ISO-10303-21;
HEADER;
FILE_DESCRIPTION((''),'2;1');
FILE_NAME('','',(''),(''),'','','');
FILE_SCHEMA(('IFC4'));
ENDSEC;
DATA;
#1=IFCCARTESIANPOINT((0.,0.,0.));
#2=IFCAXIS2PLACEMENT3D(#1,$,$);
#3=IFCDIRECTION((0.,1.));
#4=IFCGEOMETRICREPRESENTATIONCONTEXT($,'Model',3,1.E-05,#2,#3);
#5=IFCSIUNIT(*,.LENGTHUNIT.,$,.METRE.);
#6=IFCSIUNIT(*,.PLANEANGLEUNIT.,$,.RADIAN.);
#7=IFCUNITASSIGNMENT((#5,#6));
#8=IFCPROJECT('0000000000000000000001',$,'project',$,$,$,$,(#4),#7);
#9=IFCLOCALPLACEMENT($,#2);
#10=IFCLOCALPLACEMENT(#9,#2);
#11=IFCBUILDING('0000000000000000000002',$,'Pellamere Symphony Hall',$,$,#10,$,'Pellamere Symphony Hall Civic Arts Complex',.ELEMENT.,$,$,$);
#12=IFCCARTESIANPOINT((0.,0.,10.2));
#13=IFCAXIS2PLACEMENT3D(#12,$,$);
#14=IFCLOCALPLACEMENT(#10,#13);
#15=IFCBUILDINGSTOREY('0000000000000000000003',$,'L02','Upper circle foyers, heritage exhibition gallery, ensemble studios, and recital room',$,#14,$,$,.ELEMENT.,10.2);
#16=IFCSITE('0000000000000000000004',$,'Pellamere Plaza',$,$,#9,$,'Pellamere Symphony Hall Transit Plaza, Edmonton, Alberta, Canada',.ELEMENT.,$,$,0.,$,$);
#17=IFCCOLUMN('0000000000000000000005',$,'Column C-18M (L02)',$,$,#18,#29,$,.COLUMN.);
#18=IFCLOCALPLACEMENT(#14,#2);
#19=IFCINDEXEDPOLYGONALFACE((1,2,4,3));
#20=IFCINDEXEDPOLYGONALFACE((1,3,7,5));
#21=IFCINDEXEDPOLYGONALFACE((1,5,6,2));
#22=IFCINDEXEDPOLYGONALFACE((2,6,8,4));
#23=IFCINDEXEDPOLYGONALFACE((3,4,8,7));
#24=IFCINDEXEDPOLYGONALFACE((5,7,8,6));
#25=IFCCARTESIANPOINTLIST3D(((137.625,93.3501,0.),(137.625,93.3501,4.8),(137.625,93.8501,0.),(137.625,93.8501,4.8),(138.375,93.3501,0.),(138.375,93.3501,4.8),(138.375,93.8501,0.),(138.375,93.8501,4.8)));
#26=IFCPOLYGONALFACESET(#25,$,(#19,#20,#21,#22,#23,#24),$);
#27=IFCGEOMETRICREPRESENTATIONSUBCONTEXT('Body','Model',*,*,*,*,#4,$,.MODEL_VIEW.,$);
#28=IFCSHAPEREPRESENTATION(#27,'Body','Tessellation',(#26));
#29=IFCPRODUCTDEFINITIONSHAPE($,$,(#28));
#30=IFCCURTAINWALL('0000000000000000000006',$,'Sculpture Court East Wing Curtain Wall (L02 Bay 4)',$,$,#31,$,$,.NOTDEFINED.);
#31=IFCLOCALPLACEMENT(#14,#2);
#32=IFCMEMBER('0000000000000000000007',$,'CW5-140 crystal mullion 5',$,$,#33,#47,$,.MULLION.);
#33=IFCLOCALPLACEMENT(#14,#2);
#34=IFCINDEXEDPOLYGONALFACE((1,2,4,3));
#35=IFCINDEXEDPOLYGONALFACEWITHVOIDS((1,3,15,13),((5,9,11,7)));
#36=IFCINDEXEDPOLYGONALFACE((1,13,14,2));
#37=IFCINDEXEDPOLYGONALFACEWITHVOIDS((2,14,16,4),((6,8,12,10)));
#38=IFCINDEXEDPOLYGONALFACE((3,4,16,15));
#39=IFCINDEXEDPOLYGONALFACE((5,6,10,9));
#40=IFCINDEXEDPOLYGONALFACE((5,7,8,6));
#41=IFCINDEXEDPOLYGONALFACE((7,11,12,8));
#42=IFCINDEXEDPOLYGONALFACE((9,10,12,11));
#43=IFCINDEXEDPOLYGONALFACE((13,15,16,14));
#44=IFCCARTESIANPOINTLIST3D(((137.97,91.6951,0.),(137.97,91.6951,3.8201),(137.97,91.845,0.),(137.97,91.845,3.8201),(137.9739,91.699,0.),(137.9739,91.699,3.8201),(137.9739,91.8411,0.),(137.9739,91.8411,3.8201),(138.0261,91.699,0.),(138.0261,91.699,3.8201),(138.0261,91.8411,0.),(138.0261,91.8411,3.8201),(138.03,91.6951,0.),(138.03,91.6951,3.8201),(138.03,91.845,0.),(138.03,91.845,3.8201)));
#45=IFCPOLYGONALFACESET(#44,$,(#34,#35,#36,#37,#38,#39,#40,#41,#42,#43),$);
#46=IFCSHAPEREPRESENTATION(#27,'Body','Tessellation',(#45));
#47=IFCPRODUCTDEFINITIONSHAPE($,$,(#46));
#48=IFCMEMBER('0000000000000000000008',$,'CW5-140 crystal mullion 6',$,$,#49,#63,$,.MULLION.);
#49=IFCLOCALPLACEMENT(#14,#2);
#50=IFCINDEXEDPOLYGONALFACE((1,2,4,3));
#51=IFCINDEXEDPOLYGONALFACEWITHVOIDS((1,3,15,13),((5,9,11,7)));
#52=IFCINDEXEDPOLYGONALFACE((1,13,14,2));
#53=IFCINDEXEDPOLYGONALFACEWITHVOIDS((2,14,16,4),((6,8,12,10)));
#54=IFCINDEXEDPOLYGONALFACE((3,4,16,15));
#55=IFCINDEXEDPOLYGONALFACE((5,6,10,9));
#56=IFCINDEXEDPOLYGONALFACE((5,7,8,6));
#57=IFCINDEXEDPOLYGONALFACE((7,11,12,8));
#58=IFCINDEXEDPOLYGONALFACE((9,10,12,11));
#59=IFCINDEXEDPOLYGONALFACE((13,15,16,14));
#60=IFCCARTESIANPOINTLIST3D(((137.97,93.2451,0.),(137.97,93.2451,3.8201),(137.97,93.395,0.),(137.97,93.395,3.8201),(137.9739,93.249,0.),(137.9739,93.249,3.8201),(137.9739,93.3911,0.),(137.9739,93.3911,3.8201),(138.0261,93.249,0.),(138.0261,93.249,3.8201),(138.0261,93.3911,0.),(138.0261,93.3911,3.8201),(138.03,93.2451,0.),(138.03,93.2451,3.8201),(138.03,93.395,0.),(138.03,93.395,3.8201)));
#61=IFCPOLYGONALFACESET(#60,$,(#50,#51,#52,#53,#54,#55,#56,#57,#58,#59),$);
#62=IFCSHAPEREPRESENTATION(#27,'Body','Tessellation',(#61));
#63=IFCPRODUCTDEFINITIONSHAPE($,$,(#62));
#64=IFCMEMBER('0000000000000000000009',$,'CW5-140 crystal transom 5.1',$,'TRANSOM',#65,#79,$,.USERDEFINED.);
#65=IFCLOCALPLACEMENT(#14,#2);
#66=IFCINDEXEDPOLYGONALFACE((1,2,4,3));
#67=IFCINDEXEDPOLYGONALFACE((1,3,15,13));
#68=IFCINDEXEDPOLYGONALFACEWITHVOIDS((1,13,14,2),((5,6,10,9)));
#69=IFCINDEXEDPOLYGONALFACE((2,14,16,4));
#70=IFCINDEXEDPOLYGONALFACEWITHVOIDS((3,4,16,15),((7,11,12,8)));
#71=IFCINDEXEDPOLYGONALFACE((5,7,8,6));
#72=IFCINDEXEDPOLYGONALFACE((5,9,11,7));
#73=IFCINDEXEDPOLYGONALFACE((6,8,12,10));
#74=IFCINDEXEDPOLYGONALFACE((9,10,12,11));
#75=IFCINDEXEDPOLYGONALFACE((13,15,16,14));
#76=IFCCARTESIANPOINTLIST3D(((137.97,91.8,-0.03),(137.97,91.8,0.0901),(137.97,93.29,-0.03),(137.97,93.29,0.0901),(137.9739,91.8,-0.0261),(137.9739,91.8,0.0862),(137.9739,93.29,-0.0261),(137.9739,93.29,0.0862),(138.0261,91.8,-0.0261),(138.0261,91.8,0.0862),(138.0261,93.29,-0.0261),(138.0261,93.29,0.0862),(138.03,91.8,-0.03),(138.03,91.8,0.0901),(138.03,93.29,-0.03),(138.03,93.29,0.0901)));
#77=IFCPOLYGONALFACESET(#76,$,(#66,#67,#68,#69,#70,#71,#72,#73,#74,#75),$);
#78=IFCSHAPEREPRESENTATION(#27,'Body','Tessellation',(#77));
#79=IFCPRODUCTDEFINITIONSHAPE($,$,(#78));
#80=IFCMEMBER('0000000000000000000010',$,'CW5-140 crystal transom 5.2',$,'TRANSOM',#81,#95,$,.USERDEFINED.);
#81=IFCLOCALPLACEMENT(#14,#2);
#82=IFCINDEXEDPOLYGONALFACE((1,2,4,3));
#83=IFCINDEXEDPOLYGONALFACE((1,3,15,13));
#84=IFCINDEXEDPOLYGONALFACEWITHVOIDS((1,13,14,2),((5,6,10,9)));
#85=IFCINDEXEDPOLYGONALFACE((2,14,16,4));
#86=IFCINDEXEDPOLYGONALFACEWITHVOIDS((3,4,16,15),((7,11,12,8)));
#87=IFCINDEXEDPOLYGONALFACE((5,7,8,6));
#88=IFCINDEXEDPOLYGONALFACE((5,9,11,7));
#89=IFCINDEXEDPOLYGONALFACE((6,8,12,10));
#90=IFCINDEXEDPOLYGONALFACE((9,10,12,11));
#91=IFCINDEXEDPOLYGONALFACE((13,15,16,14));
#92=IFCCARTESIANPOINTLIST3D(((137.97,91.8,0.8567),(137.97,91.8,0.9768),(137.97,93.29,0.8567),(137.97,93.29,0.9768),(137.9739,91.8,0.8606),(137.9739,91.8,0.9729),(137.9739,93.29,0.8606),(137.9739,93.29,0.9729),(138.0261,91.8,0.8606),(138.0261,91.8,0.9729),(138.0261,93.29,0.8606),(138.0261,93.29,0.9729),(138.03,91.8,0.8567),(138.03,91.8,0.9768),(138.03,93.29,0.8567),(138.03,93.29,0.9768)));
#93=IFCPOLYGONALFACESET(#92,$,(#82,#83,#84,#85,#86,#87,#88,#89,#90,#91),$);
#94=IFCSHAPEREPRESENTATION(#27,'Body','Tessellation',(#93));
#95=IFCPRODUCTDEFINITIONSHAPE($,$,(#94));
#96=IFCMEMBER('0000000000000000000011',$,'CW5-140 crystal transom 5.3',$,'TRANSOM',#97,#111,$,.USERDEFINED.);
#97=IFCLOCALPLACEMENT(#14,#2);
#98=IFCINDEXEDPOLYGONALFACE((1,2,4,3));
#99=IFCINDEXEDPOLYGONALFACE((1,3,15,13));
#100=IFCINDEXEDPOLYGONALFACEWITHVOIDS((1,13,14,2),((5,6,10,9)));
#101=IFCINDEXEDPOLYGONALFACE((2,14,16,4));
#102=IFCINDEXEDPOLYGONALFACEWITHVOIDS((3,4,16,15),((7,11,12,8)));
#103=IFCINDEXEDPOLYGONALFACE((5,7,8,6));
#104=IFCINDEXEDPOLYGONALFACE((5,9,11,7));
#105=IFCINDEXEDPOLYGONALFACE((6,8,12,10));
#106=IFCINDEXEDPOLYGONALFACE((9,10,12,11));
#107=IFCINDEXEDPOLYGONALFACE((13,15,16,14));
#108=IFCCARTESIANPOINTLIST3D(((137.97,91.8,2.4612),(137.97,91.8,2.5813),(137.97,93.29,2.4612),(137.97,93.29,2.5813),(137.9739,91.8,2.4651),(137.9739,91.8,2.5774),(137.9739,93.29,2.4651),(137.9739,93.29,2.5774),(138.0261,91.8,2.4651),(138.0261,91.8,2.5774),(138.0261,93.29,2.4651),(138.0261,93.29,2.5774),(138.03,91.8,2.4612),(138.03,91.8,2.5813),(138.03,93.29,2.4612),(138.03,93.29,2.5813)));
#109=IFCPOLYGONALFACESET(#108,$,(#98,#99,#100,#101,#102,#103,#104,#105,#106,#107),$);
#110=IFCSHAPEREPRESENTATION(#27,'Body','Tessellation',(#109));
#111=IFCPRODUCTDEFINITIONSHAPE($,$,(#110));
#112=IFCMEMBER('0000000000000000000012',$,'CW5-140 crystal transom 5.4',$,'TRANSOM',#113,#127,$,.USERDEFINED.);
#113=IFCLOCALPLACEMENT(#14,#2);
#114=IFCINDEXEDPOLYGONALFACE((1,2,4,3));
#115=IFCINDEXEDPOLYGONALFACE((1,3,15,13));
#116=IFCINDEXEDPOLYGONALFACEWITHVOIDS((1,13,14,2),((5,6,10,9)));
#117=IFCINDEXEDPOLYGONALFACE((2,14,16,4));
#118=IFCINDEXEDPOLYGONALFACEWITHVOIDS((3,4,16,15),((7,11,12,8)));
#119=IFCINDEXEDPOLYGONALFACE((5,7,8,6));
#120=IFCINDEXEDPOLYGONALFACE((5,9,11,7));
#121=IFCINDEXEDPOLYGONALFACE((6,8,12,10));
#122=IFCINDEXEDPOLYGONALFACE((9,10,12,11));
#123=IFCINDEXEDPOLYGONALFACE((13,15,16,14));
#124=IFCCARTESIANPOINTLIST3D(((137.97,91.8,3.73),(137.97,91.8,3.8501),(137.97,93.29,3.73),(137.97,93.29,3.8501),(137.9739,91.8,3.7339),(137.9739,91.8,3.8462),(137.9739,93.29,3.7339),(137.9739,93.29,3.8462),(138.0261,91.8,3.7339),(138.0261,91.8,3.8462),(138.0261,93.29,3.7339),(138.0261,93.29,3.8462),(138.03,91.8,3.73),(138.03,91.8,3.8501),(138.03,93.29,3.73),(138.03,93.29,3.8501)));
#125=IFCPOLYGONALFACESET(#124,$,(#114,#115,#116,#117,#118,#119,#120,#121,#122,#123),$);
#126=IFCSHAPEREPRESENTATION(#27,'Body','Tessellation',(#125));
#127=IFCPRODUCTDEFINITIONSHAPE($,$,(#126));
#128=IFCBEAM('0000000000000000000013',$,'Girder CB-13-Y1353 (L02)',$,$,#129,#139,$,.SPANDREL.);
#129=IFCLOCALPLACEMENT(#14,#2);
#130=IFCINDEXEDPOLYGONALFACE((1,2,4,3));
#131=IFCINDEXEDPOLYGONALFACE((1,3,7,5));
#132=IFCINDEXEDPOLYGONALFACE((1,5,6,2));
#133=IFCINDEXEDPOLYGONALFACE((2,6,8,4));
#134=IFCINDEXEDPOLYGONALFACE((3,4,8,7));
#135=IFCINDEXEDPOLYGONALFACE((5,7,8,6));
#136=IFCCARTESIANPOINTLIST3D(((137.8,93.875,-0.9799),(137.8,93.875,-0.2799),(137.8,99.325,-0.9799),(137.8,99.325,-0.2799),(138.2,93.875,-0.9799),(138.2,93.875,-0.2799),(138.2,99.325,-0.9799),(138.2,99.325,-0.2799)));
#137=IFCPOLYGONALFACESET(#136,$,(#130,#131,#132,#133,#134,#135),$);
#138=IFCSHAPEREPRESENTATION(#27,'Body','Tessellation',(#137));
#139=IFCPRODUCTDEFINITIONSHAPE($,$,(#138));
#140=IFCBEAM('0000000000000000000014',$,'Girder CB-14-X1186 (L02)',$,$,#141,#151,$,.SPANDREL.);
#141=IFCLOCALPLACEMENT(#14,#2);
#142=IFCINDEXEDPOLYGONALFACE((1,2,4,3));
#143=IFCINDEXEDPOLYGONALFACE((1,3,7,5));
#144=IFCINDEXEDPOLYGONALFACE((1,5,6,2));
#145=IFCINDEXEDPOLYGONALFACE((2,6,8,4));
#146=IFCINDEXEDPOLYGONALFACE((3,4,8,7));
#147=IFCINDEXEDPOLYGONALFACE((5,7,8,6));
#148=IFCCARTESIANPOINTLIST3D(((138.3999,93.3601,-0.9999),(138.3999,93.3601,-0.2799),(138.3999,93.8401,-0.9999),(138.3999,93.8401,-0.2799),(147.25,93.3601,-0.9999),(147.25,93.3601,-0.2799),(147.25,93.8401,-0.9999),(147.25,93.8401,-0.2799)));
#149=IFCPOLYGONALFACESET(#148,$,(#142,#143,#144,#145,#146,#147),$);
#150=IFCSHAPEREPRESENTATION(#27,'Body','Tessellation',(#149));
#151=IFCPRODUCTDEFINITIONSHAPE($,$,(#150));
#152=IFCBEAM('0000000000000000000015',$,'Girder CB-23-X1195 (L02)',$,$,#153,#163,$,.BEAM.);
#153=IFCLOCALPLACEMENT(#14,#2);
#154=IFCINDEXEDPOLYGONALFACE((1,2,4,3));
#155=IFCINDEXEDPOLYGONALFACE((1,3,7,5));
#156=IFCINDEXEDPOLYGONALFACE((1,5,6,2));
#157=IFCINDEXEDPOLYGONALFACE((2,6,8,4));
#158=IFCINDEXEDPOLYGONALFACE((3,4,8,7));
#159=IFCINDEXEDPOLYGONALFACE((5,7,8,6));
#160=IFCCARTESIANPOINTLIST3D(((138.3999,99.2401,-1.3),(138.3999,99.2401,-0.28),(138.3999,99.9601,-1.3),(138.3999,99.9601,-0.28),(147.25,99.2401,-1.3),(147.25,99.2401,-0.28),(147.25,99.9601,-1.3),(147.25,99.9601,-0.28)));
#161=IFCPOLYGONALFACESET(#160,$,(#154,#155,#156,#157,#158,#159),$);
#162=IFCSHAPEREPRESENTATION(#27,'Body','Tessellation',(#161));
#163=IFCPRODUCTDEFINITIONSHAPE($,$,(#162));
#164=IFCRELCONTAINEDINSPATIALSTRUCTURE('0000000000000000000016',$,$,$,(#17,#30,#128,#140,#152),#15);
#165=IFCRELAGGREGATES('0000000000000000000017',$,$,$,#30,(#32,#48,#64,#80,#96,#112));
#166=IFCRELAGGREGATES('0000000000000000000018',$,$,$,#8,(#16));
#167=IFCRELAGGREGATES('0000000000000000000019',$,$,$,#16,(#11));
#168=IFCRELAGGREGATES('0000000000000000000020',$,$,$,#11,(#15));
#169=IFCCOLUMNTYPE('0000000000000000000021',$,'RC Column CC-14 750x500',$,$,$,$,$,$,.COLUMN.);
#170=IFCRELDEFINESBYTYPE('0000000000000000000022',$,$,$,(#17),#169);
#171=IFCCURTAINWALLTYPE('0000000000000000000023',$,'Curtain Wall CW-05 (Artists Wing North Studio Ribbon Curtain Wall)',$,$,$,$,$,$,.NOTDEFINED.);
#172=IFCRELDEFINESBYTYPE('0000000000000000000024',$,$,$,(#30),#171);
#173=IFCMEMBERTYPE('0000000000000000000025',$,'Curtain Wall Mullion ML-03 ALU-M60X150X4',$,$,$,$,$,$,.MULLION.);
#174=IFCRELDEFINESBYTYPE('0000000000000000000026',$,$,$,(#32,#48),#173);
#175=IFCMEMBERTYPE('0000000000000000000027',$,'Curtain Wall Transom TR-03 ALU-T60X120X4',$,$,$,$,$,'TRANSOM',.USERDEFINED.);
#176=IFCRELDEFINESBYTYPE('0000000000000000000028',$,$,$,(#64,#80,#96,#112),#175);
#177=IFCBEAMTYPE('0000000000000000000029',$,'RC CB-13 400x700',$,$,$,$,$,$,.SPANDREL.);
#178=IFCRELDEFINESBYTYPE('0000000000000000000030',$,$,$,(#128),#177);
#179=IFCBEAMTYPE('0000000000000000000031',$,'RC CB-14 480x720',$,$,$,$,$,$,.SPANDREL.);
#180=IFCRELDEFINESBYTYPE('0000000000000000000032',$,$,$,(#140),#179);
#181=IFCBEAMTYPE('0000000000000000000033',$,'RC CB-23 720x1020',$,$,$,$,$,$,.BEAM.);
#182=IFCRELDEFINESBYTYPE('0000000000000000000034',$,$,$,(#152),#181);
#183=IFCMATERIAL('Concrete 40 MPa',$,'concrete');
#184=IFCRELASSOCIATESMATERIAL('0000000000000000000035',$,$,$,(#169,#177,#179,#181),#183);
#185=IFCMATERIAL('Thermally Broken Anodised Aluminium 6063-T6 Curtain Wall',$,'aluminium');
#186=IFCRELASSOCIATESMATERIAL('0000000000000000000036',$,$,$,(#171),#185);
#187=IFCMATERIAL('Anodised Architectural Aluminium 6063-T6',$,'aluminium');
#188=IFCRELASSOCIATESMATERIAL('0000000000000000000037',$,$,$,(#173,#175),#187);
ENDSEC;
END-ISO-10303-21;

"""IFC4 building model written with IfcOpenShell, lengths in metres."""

from ifc_helpers import new_model, si_unit, direction, frame, origin, origin_2d, place, context, subcontext, project, spatial, rectangle, hollow_rectangle, extrude, material, material_profile, profile_set, type_object, element, aggregate, save


model = new_model("IFC4")

# Units and contexts
model_context = context("Model", 3, precision=1e-05, world=origin(), true_north=direction((0.0, 1.0)))
body_context = subcontext(model_context, "Body", "Model", "MODEL_VIEW")
ifc_project = project(units=[si_unit("LENGTHUNIT", "METRE"), si_unit("PLANEANGLEUNIT", "RADIAN")], contexts=[model_context])

# Site, building, storey
site_placement = place(None, origin())
site = spatial("IfcSite", under=ifc_project, at=site_placement, Name="Pellamere Plaza", LongName="Pellamere Symphony Hall Transit Plaza, Edmonton, Alberta, Canada", CompositionType="ELEMENT", RefElevation=0.0)
building_placement = place(site_placement, origin())
building = spatial("IfcBuilding", under=site, at=building_placement, Name="Pellamere Symphony Hall", LongName="Pellamere Symphony Hall Civic Arts Complex", CompositionType="ELEMENT")
storey_placement = place(building_placement, frame((0.0, 0.0, 10.2)))
storey = spatial("IfcBuildingStorey", under=building, at=storey_placement, Name="L02", Description="Upper circle foyers, heritage exhibition gallery, ensemble studios, and recital room", CompositionType="ELEMENT", Elevation=10.2)

# Column
ifc_material_1 = material(Name="Concrete 40 MPa", Category="concrete")
ifc_material_profile_1 = material_profile(ifc_material_1, rectangle(XDim=0.75, YDim=0.5, at=origin_2d()), Name="RC 750x500")
ifc_profile_set_1 = profile_set([ifc_material_profile_1], Name="Concrete 40 MPa")
column_type = type_object("IfcColumnType", Name="RC Column CC-14 750x500", PredefinedType="COLUMN", material=ifc_profile_set_1)
column_placement = place(storey_placement, frame((138.0, 93.6001, 0.0), z_axis=(0.0, 0.0, 1.0), x_axis=(1.0, 0.0, 0.0)))
element("IfcColumn", 1, at=column_placement, inside=storey, type_object=column_type, Name="Column C-18M (L02)", PredefinedType="COLUMN", context=body_context, shape_type="SweptSolid", body=[
    extrude(rectangle(XDim=0.75, YDim=0.5, at=origin_2d()), origin(), (0.0, 0.0, 1.0), 4.8),
])

# Curtain wall, members
ifc_material_2 = material(Name="Thermally Broken Anodised Aluminium 6063-T6 Curtain Wall", Category="aluminium")
curtain_wall_type = type_object("IfcCurtainWallType", Name="Curtain Wall CW-05 (Artists Wing North Studio Ribbon Curtain Wall)", PredefinedType="NOTDEFINED", material=ifc_material_2)
curtain_wall_placement = place(storey_placement, origin())
curtain_wall = element("IfcCurtainWall", 2, at=curtain_wall_placement, inside=storey, type_object=curtain_wall_type, Name="Sculpture Court East Wing Curtain Wall (L02 Bay 4)", PredefinedType="NOTDEFINED")
ifc_material_3 = material(Name="Anodised Architectural Aluminium 6063-T6", Category="aluminium")
ifc_material_profile_2 = material_profile(ifc_material_3, hollow_rectangle(XDim=0.0601, YDim=0.1499, WallThickness=0.0039, at=origin_2d()), Name="ALU-M60X150X4")
ifc_profile_set_2 = profile_set([ifc_material_profile_2], Name="Anodised Architectural Aluminium 6063-T6")
member_type_1 = type_object("IfcMemberType", Name="Curtain Wall Mullion ML-03 ALU-M60X150X4", PredefinedType="MULLION", material=ifc_profile_set_2)
member_1_placement = place(storey_placement, frame((138.0, 91.77, 0.0), z_axis=(0.0, 0.0, 1.0), x_axis=(-1.0, 0.0, 0.0)))
member_1 = element("IfcMember", 3, at=member_1_placement, type_object=member_type_1, Name="CW5-140 crystal mullion 5", PredefinedType="MULLION", context=body_context, shape_type="SweptSolid", body=[
    extrude(hollow_rectangle(XDim=0.0601, YDim=0.1499, WallThickness=0.0039, at=origin_2d()), origin(), (0.0, 0.0, 1.0), 3.8201),
])
member_2_placement = place(storey_placement, frame((138.0, 93.3201, 0.0), z_axis=(0.0, 0.0, 1.0), x_axis=(-1.0, 0.0, 0.0)))
member_2 = element("IfcMember", 4, at=member_2_placement, type_object=member_type_1, Name="CW5-140 crystal mullion 6", PredefinedType="MULLION", context=body_context, shape_type="SweptSolid", body=[
    extrude(hollow_rectangle(XDim=0.0601, YDim=0.1499, WallThickness=0.0039, at=origin_2d()), origin(), (0.0, 0.0, 1.0), 3.8201),
])
ifc_material_profile_3 = material_profile(ifc_material_3, hollow_rectangle(XDim=0.0601, YDim=0.1201, WallThickness=0.0039, at=origin_2d()), Name="ALU-T60X120X4")
ifc_profile_set_3 = profile_set([ifc_material_profile_3], Name="Anodised Architectural Aluminium 6063-T6")
member_type_2 = type_object("IfcMemberType", Name="Curtain Wall Transom TR-03 ALU-T60X120X4", ElementType="TRANSOM", PredefinedType="USERDEFINED", material=ifc_profile_set_3)
member_3_placement = place(storey_placement, frame((138.0, 91.8, 0.03), z_axis=(0.0, 1.0, 0.0), x_axis=(-1.0, 0.0, 0.0)))
member_3 = element("IfcMember", 5, at=member_3_placement, type_object=member_type_2, Name="CW5-140 crystal transom 5.1", ObjectType="TRANSOM", PredefinedType="USERDEFINED", context=body_context, shape_type="SweptSolid", body=[
    extrude(hollow_rectangle(XDim=0.0601, YDim=0.1201, WallThickness=0.0039, at=origin_2d()), origin(), (0.0, 0.0, 1.0), 1.49),
])
member_4_placement = place(storey_placement, frame((138.0, 91.8, 0.9167), z_axis=(0.0, 1.0, 0.0), x_axis=(-1.0, 0.0, 0.0)))
member_4 = element("IfcMember", 6, at=member_4_placement, type_object=member_type_2, Name="CW5-140 crystal transom 5.2", ObjectType="TRANSOM", PredefinedType="USERDEFINED", context=body_context, shape_type="SweptSolid", body=[
    extrude(hollow_rectangle(XDim=0.0601, YDim=0.1201, WallThickness=0.0039, at=origin_2d()), origin(), (0.0, 0.0, 1.0), 1.49),
])
member_5_placement = place(storey_placement, frame((138.0, 91.8, 2.5212), z_axis=(0.0, 1.0, 0.0), x_axis=(-1.0, 0.0, 0.0)))
member_5 = element("IfcMember", 7, at=member_5_placement, type_object=member_type_2, Name="CW5-140 crystal transom 5.3", ObjectType="TRANSOM", PredefinedType="USERDEFINED", context=body_context, shape_type="SweptSolid", body=[
    extrude(hollow_rectangle(XDim=0.0601, YDim=0.1201, WallThickness=0.0039, at=origin_2d()), origin(), (0.0, 0.0, 1.0), 1.49),
])
member_6_placement = place(storey_placement, frame((138.0, 91.8, 3.79), z_axis=(0.0, 1.0, 0.0), x_axis=(-1.0, 0.0, 0.0)))
member_6 = element("IfcMember", 8, at=member_6_placement, type_object=member_type_2, Name="CW5-140 crystal transom 5.4", ObjectType="TRANSOM", PredefinedType="USERDEFINED", context=body_context, shape_type="SweptSolid", body=[
    extrude(hollow_rectangle(XDim=0.0601, YDim=0.1201, WallThickness=0.0039, at=origin_2d()), origin(), (0.0, 0.0, 1.0), 1.49),
])

# Beams
ifc_material_profile_4 = material_profile(ifc_material_1, rectangle(XDim=0.3999, YDim=0.7, at=origin_2d()), Name="RC 400x700")
ifc_profile_set_4 = profile_set([ifc_material_profile_4], Name="Concrete 40 MPa")
beam_type_1 = type_object("IfcBeamType", Name="RC CB-13 400x700", PredefinedType="SPANDREL", material=ifc_profile_set_4)
beam_1_placement = place(storey_placement, frame((138.0, 93.875, -0.6299), z_axis=(0.0, 1.0, 0.0), x_axis=(-1.0, 0.0, 0.0)))
element("IfcBeam", 9, at=beam_1_placement, inside=storey, type_object=beam_type_1, Name="Girder CB-13-Y1353 (L02)", PredefinedType="SPANDREL", context=body_context, shape_type="SweptSolid", body=[
    extrude(rectangle(XDim=0.3999, YDim=0.7, at=origin_2d()), origin(), (0.0, 0.0, 1.0), 5.45),
])
ifc_material_profile_5 = material_profile(ifc_material_1, rectangle(XDim=0.48, YDim=0.72, at=origin_2d()), Name="RC 480x720")
ifc_profile_set_5 = profile_set([ifc_material_profile_5], Name="Concrete 40 MPa")
beam_type_2 = type_object("IfcBeamType", Name="RC CB-14 480x720", PredefinedType="SPANDREL", material=ifc_profile_set_5)
beam_2_placement = place(storey_placement, frame((138.3999, 93.6001, -0.6399), z_axis=(1.0, 0.0, 0.0), x_axis=(0.0, 1.0, 0.0)))
element("IfcBeam", 10, at=beam_2_placement, inside=storey, type_object=beam_type_2, Name="Girder CB-14-X1186 (L02)", PredefinedType="SPANDREL", context=body_context, shape_type="SweptSolid", body=[
    extrude(rectangle(XDim=0.48, YDim=0.72, at=origin_2d()), origin(), (0.0, 0.0, 1.0), 8.8501),
])
ifc_material_profile_6 = material_profile(ifc_material_1, rectangle(XDim=0.72, YDim=1.02, at=origin_2d()), Name="RC 720x1020")
ifc_profile_set_6 = profile_set([ifc_material_profile_6], Name="Concrete 40 MPa")
beam_type_3 = type_object("IfcBeamType", Name="RC CB-23 720x1020", PredefinedType="BEAM", material=ifc_profile_set_6)
beam_3_placement = place(storey_placement, frame((138.3999, 99.6001, -0.79), z_axis=(1.0, 0.0, 0.0), x_axis=(0.0, 1.0, 0.0)))
element("IfcBeam", 11, at=beam_3_placement, inside=storey, type_object=beam_type_3, Name="Girder CB-23-X1195 (L02)", PredefinedType="BEAM", context=body_context, shape_type="SweptSolid", body=[
    extrude(rectangle(XDim=0.72, YDim=1.02, at=origin_2d()), origin(), (0.0, 0.0, 1.0), 8.8501),
])

aggregate(curtain_wall, [member_1, member_2, member_3, member_4, member_5, member_6])

save(model, "model.ifc")
